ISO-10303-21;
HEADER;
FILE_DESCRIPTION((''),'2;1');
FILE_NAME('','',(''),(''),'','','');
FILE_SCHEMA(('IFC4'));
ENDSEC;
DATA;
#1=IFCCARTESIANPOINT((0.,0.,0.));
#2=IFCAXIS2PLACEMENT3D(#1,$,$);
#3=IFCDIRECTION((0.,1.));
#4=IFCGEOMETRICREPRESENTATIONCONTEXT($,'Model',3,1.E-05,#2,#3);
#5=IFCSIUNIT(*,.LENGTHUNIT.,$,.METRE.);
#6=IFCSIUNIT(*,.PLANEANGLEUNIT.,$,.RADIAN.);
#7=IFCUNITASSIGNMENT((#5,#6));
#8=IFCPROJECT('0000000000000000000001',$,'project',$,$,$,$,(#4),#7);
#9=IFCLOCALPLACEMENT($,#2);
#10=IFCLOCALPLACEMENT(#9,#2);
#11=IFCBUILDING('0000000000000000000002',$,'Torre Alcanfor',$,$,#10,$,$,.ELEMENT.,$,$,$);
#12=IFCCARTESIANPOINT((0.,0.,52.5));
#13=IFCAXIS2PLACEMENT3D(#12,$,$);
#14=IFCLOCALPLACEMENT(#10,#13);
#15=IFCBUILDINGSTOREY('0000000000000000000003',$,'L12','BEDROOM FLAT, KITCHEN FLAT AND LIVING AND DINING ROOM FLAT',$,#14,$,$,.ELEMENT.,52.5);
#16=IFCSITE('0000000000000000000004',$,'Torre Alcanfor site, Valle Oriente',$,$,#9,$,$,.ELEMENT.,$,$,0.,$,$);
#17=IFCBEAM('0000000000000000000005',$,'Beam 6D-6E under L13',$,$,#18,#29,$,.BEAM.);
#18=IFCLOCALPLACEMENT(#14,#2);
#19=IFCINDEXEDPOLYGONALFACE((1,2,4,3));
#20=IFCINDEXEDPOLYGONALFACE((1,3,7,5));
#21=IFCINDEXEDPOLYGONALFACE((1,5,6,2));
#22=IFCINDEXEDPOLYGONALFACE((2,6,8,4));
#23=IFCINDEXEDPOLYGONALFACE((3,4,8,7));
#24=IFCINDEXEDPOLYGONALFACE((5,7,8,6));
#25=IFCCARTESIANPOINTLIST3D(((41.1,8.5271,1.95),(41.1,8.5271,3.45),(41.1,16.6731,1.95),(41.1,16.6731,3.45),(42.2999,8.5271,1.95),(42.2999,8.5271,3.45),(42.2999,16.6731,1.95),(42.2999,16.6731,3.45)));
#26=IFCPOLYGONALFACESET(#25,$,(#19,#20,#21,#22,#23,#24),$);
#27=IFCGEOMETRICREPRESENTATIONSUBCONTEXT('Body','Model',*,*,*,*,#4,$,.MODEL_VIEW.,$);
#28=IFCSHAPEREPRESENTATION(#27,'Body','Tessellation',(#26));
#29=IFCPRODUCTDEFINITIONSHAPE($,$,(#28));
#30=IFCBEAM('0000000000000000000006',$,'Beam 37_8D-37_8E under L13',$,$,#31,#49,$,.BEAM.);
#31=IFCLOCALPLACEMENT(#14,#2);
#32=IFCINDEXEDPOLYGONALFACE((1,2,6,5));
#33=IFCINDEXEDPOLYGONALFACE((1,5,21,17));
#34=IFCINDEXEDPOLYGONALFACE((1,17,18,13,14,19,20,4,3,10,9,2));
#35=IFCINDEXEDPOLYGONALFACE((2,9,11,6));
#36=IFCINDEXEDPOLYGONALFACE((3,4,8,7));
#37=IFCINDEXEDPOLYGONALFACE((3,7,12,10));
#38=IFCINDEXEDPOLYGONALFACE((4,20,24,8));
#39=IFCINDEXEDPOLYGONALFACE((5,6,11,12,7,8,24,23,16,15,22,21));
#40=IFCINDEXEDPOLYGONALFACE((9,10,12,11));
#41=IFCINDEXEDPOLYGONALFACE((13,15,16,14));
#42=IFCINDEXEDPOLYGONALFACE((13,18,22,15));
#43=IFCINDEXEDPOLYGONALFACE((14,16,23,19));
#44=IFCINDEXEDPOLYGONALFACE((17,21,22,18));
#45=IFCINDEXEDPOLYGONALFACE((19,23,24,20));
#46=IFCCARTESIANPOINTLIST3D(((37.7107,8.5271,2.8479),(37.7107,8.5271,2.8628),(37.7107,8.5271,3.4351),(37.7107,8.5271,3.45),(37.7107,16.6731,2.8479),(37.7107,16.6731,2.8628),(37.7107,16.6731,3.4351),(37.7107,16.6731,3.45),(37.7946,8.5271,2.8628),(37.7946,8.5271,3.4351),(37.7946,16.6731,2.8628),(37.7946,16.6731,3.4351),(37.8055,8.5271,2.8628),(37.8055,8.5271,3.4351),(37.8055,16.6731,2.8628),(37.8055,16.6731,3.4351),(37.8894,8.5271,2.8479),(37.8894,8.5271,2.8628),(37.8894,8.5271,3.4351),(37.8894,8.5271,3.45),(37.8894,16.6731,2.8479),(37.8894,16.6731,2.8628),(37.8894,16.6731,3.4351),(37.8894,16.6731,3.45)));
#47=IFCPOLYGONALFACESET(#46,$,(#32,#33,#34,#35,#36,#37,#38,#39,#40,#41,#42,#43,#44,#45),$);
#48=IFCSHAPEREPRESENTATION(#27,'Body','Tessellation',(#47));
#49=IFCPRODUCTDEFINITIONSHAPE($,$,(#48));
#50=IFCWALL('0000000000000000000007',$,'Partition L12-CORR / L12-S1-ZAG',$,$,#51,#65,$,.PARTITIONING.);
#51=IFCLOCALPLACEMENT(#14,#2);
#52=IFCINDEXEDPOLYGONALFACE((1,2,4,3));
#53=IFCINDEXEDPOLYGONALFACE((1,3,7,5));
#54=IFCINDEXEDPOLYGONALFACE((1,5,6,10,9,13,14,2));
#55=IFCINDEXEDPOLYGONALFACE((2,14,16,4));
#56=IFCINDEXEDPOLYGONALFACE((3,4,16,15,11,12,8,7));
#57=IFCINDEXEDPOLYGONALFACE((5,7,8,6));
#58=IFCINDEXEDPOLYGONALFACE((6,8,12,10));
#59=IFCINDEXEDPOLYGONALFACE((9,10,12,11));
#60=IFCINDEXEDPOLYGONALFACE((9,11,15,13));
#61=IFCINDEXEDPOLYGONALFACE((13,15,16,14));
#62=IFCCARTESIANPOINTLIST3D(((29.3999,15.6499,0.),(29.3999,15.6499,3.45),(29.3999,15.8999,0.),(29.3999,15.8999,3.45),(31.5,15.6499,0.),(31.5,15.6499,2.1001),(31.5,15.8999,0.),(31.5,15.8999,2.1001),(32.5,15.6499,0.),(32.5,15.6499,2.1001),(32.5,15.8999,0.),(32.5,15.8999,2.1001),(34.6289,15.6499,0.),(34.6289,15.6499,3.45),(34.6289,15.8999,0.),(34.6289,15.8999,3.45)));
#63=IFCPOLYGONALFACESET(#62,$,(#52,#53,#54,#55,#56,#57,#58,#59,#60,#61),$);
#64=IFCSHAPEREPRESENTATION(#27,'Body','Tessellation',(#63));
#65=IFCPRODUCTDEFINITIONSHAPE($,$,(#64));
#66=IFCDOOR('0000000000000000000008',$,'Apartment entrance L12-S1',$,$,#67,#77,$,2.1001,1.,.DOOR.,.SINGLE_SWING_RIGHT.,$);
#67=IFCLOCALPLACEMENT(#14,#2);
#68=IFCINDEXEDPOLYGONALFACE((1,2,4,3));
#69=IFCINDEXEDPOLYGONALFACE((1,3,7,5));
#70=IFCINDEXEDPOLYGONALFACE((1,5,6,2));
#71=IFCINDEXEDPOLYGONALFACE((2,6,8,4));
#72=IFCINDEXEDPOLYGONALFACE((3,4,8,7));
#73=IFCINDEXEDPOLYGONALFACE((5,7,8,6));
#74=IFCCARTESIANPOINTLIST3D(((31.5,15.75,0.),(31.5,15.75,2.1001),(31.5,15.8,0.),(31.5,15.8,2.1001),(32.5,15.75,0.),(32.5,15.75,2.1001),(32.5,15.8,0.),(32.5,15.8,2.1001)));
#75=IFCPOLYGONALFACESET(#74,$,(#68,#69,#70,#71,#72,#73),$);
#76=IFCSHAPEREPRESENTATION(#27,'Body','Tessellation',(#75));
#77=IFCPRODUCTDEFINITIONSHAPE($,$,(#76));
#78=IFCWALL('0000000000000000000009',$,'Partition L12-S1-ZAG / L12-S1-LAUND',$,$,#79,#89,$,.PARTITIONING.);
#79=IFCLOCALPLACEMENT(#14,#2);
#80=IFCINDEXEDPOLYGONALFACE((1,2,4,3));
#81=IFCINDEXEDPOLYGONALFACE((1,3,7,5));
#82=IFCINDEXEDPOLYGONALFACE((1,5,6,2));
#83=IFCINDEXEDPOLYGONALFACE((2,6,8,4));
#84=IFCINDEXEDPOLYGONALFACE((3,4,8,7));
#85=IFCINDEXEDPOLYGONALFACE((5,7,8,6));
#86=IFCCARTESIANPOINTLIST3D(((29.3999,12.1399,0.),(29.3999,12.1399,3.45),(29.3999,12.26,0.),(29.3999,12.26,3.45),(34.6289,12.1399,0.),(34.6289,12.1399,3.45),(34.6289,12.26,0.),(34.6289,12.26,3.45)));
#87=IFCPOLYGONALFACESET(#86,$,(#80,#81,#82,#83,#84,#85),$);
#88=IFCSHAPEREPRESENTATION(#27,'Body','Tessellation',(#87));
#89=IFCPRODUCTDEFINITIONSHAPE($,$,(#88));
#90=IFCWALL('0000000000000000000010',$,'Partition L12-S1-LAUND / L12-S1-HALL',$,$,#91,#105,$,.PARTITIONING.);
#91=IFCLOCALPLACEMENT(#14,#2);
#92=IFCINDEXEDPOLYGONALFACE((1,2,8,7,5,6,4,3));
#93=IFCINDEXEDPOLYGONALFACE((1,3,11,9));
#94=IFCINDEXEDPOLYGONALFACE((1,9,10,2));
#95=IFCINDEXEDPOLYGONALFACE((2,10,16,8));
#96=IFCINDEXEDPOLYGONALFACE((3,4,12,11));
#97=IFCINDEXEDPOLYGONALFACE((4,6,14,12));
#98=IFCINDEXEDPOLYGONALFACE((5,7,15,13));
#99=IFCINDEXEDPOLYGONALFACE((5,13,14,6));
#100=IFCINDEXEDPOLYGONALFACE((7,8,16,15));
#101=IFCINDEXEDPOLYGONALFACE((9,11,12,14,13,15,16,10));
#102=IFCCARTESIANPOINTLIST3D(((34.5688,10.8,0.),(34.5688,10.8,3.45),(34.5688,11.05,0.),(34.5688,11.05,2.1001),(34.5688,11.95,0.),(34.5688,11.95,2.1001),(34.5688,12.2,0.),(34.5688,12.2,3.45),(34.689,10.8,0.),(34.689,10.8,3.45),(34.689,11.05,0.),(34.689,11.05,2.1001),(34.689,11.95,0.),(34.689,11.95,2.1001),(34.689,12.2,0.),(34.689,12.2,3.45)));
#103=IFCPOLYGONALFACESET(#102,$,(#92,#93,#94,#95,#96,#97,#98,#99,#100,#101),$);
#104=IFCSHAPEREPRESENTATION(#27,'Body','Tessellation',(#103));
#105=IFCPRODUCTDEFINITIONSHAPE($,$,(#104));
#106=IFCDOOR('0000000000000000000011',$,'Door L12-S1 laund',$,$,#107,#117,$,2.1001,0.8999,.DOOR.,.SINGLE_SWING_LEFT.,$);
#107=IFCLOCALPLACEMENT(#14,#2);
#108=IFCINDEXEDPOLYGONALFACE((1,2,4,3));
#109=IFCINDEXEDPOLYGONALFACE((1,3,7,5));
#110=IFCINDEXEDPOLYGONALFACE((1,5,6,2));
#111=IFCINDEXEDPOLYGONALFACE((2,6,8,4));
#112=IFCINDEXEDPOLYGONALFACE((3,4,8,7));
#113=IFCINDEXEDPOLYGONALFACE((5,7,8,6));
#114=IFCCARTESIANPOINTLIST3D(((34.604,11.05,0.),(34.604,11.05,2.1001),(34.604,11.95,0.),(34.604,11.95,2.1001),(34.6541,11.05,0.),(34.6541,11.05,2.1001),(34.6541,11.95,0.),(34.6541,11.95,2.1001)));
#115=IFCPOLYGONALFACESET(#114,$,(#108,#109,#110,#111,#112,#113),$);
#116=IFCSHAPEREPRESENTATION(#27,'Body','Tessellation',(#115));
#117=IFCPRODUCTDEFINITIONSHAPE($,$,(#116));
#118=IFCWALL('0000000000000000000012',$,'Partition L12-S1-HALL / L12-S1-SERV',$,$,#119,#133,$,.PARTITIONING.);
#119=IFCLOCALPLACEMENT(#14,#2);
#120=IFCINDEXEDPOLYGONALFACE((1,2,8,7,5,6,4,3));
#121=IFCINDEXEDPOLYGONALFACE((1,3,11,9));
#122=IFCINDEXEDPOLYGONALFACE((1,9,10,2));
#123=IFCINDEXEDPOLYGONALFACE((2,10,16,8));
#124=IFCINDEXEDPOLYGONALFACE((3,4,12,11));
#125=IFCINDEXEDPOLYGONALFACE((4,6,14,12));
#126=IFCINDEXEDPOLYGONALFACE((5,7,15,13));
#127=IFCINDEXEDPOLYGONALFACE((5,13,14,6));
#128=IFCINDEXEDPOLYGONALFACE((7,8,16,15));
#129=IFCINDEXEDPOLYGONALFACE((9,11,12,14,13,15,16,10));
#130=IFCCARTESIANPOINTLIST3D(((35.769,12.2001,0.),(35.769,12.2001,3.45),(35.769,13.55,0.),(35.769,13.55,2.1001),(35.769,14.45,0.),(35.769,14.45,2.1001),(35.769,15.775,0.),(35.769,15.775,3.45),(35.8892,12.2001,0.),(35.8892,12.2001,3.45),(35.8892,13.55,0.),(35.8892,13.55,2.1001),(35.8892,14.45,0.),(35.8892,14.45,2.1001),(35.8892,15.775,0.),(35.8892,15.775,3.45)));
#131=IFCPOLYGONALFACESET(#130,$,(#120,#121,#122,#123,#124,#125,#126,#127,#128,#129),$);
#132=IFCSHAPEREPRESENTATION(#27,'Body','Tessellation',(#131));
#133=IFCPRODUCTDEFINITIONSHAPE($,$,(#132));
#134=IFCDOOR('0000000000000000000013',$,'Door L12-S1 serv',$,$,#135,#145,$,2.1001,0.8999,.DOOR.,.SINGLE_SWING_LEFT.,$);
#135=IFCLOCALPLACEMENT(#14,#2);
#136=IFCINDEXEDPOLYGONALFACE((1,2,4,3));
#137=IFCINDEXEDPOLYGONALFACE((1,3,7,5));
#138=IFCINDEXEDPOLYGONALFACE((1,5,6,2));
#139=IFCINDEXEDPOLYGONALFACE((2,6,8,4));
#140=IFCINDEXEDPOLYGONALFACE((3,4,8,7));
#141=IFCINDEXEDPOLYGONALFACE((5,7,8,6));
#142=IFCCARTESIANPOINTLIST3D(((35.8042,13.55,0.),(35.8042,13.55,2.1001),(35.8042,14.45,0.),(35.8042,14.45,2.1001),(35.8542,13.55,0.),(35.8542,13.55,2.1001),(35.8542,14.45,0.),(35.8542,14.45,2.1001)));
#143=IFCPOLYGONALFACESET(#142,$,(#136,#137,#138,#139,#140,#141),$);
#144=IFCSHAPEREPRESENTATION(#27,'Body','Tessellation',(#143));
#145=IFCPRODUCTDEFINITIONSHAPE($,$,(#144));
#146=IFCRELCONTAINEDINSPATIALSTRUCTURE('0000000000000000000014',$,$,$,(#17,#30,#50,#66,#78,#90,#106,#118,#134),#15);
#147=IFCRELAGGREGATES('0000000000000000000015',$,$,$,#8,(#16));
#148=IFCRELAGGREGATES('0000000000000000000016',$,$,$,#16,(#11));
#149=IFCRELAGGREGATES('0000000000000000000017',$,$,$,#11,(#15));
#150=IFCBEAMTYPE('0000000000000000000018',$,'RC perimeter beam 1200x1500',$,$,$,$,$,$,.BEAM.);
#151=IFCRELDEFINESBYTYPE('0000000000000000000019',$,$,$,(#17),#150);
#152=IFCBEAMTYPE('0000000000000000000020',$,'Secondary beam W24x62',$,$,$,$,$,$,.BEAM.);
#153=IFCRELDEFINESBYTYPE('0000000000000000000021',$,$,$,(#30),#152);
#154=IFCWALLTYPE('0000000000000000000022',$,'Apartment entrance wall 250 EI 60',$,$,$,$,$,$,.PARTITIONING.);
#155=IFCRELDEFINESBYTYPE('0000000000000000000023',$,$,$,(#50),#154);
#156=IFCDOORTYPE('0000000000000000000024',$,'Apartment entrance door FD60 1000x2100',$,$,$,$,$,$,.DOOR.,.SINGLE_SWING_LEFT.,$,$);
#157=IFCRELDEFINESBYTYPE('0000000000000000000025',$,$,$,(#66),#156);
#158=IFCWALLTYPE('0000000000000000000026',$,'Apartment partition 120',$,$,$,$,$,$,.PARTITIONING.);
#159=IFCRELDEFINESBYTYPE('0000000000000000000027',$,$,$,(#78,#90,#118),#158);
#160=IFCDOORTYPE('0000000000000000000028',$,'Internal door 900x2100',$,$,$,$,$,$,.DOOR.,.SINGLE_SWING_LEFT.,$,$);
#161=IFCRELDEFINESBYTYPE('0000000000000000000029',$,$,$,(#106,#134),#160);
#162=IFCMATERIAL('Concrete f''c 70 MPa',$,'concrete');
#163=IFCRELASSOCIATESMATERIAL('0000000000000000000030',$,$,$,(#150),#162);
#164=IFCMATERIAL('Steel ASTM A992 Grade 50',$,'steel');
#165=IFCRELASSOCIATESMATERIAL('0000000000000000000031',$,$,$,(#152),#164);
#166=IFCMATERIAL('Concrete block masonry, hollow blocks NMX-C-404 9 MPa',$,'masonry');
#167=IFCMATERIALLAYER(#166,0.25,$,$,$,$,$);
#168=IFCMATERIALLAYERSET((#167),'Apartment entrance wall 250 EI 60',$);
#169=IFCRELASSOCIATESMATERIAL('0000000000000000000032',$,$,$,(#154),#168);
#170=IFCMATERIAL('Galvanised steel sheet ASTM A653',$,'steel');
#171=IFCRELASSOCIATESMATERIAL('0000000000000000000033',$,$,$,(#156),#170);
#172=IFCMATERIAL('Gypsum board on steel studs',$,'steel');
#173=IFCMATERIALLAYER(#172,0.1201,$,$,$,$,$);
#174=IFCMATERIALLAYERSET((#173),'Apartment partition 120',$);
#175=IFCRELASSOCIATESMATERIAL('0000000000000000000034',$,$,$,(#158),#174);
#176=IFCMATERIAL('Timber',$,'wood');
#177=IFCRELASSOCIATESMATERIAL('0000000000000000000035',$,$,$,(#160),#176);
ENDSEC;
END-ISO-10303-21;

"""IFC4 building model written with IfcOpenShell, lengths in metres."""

from ifc_helpers import new_model, si_unit, direction, frame, frame_2d, origin, origin_2d, place, context, subcontext, project, spatial, rectangle, i_section, extrude, material, layer, layer_set, material_profile, profile_set, type_object, element, fill, save


model = new_model("IFC4")

# Units and contexts
model_context = context("Model", 3, precision=1e-05, world=origin(), true_north=direction((0.0, 1.0)))
body_context = subcontext(model_context, "Body", "Model", "MODEL_VIEW")
ifc_project = project(units=[si_unit("LENGTHUNIT", "METRE"), si_unit("PLANEANGLEUNIT", "RADIAN")], contexts=[model_context])

# Site, building, storey
site_placement = place(None, origin())
site = spatial("IfcSite", under=ifc_project, at=site_placement, Name="Torre Alcanfor site, Valle Oriente", CompositionType="ELEMENT", RefElevation=0.0)
building_placement = place(site_placement, origin())
building = spatial("IfcBuilding", under=site, at=building_placement, Name="Torre Alcanfor", CompositionType="ELEMENT")
storey_placement = place(building_placement, frame((0.0, 0.0, 52.5)))
storey = spatial("IfcBuildingStorey", under=building, at=storey_placement, Name="L12", Description="BEDROOM FLAT, KITCHEN FLAT AND LIVING AND DINING ROOM FLAT", CompositionType="ELEMENT", Elevation=52.5)

# Beams
ifc_material_1 = material(Name="Concrete f'c 70 MPa", Category="concrete")
ifc_material_profile_1 = material_profile(ifc_material_1, rectangle(XDim=1.2, YDim=1.5, at=origin_2d()), Name="1200x1500")
ifc_profile_set_1 = profile_set([ifc_material_profile_1], Name="Concrete f'c 70 MPa")
beam_type_1 = type_object("IfcBeamType", Name="RC perimeter beam 1200x1500", PredefinedType="BEAM", material=ifc_profile_set_1)
beam_1_placement = place(storey_placement, frame((41.7, 8.5271, 2.7), z_axis=(0.0, 1.0, 0.0), x_axis=(-1.0, 0.0, 0.0)))
element("IfcBeam", 1, at=beam_1_placement, inside=storey, type_object=beam_type_1, Name="Beam 6D-6E under L13", PredefinedType="BEAM", context=body_context, shape_type="SweptSolid", body=[
    extrude(rectangle(XDim=1.2, YDim=1.5, at=origin_2d()), origin(), (0.0, 0.0, 1.0), 8.146),
])
ifc_material_2 = material(Name="Steel ASTM A992 Grade 50", Category="steel")
ifc_material_profile_2 = material_profile(ifc_material_2, i_section(OverallWidth=0.1787, OverallDepth=0.6021, WebThickness=0.011, FlangeThickness=0.0149, at=origin_2d()), Name="W24x62")
ifc_profile_set_2 = profile_set([ifc_material_profile_2], Name="Steel ASTM A992 Grade 50")
beam_type_2 = type_object("IfcBeamType", Name="Secondary beam W24x62", PredefinedType="BEAM", material=ifc_profile_set_2)
beam_2_placement = place(storey_placement, frame((37.8, 8.5271, 3.1489), z_axis=(0.0, 1.0, 0.0), x_axis=(-1.0, 0.0, 0.0)))
element("IfcBeam", 2, at=beam_2_placement, inside=storey, type_object=beam_type_2, Name="Beam 37_8D-37_8E under L13", PredefinedType="BEAM", context=body_context, shape_type="SweptSolid", body=[
    extrude(i_section(OverallWidth=0.1787, OverallDepth=0.6021, WebThickness=0.011, FlangeThickness=0.0149, at=origin_2d()), origin(), (0.0, 0.0, 1.0), 8.146),
])

# Wall, opening, door
ifc_material_3 = material(Name="Concrete block masonry, hollow blocks NMX-C-404 9 MPa", Category="masonry")
ifc_layer_1 = layer(ifc_material_3, 0.25)
ifc_layer_set_1 = layer_set([ifc_layer_1], Name="Apartment entrance wall 250 EI 60")
wall_type_1 = type_object("IfcWallType", Name="Apartment entrance wall 250 EI 60", PredefinedType="PARTITIONING", material=ifc_layer_set_1)
wall_1_placement = place(storey_placement, frame((34.6289, 15.7749, 0.0), z_axis=(0.0, 0.0, 1.0), x_axis=(-1.0, 0.0, 0.0)))
wall_1 = element("IfcWall", 3, at=wall_1_placement, inside=storey, type_object=wall_type_1, Name="Partition L12-CORR / L12-S1-ZAG", PredefinedType="PARTITIONING", context=body_context, shape_type="SweptSolid", body=[
    extrude(rectangle(XDim=5.229, YDim=0.25, at=frame_2d((2.6145, 0.0))), origin(), (0.0, 0.0, 1.0), 3.45),
])
opening_1_placement = place(wall_1_placement, frame((2.1289, 0.0, 0.0)))
opening_1 = element("IfcOpeningElement", 4, at=opening_1_placement, cuts=wall_1, PredefinedType="OPENING", context=body_context, shape_type="SweptSolid", body=[
    extrude(rectangle(XDim=1.0, YDim=2.1001, at=frame_2d((0.5, 1.05))), frame((0.0, 0.135, 0.0), z_axis=(0.0, -1.0, 0.0), x_axis=(1.0, 0.0, 0.0)), (0.0, 0.0, 1.0), 0.27),
])
ifc_material_4 = material(Name="Galvanised steel sheet ASTM A653", Category="steel")
door_type_1 = type_object("IfcDoorType", Name="Apartment entrance door FD60 1000x2100", OperationType="SINGLE_SWING_LEFT", PredefinedType="DOOR", material=ifc_material_4)
door_1_placement = place(opening_1_placement, origin())
door_1 = element("IfcDoor", 5, at=door_1_placement, inside=storey, type_object=door_type_1, Name="Apartment entrance L12-S1", OperationType="SINGLE_SWING_RIGHT", OverallHeight=2.1001, OverallWidth=1.0, PredefinedType="DOOR", context=body_context, shape_type="SweptSolid", body=[
    extrude(rectangle(XDim=1.0, YDim=2.1001, at=frame_2d((0.5, 1.05))), frame((0.0, 0.0249, 0.0), z_axis=(0.0, -1.0, 0.0), x_axis=(1.0, 0.0, 0.0)), (0.0, 0.0, 1.0), 0.05),
])
fill(opening_1, door_1)

# Wall
ifc_material_5 = material(Name="Gypsum board on steel studs", Category="steel")
ifc_layer_2 = layer(ifc_material_5, 0.1201)
ifc_layer_set_2 = layer_set([ifc_layer_2], Name="Apartment partition 120")
wall_type_2 = type_object("IfcWallType", Name="Apartment partition 120", PredefinedType="PARTITIONING", material=ifc_layer_set_2)
wall_2_placement = place(storey_placement, frame((29.3999, 12.2, 0.0), z_axis=(0.0, 0.0, 1.0), x_axis=(1.0, 0.0, 0.0)))
element("IfcWall", 6, at=wall_2_placement, inside=storey, type_object=wall_type_2, Name="Partition L12-S1-ZAG / L12-S1-LAUND", PredefinedType="PARTITIONING", context=body_context, shape_type="SweptSolid", body=[
    extrude(rectangle(XDim=5.229, YDim=0.1201, at=frame_2d((2.6145, 0.0))), origin(), (0.0, 0.0, 1.0), 3.45),
])

# Walls, openings, doors
wall_3_placement = place(storey_placement, frame((34.6289, 10.8, 0.0), z_axis=(0.0, 0.0, 1.0), x_axis=(0.0, 1.0, 0.0)))
wall_3 = element("IfcWall", 7, at=wall_3_placement, inside=storey, type_object=wall_type_2, Name="Partition L12-S1-LAUND / L12-S1-HALL", PredefinedType="PARTITIONING", context=body_context, shape_type="SweptSolid", body=[
    extrude(rectangle(XDim=1.3999, YDim=0.1201, at=frame_2d((0.7, 0.0))), origin(), (0.0, 0.0, 1.0), 3.45),
])
opening_2_placement = place(wall_3_placement, frame((0.25, 0.0, 0.0)))
opening_2 = element("IfcOpeningElement", 8, at=opening_2_placement, cuts=wall_3, PredefinedType="OPENING", context=body_context, shape_type="SweptSolid", body=[
    extrude(rectangle(XDim=0.8999, YDim=2.1001, at=frame_2d((0.45, 1.05))), frame((0.0, 0.0701, 0.0), z_axis=(0.0, -1.0, 0.0), x_axis=(1.0, 0.0, 0.0)), (0.0, 0.0, 1.0), 0.1401),
])
ifc_material_6 = material(Name="Timber", Category="wood")
door_type_2 = type_object("IfcDoorType", Name="Internal door 900x2100", OperationType="SINGLE_SWING_LEFT", PredefinedType="DOOR", material=ifc_material_6)
door_2_placement = place(opening_2_placement, origin())
door_2 = element("IfcDoor", 9, at=door_2_placement, inside=storey, type_object=door_type_2, Name="Door L12-S1 laund", OperationType="SINGLE_SWING_LEFT", OverallHeight=2.1001, OverallWidth=0.8999, PredefinedType="DOOR", context=body_context, shape_type="SweptSolid", body=[
    extrude(rectangle(XDim=0.8999, YDim=2.1001, at=frame_2d((0.45, 1.05))), frame((0.0, 0.0249, 0.0), z_axis=(0.0, -1.0, 0.0), x_axis=(1.0, 0.0, 0.0)), (0.0, 0.0, 1.0), 0.05),
])
fill(opening_2, door_2)
wall_4_placement = place(storey_placement, frame((35.8291, 12.2, 0.0), z_axis=(0.0, 0.0, 1.0), x_axis=(0.0, 1.0, 0.0)))
wall_4 = element("IfcWall", 10, at=wall_4_placement, inside=storey, type_object=wall_type_2, Name="Partition L12-S1-HALL / L12-S1-SERV", PredefinedType="PARTITIONING", context=body_context, shape_type="SweptSolid", body=[
    extrude(rectangle(XDim=3.575, YDim=0.1201, at=frame_2d((1.7876, 0.0))), origin(), (0.0, 0.0, 1.0), 3.45),
])
opening_3_placement = place(wall_4_placement, frame((1.3501, 0.0, 0.0)))
opening_3 = element("IfcOpeningElement", 11, at=opening_3_placement, cuts=wall_4, PredefinedType="OPENING", context=body_context, shape_type="SweptSolid", body=[
    extrude(rectangle(XDim=0.8999, YDim=2.1001, at=frame_2d((0.45, 1.05))), frame((0.0, 0.0701, 0.0), z_axis=(0.0, -1.0, 0.0), x_axis=(1.0, 0.0, 0.0)), (0.0, 0.0, 1.0), 0.1401),
])
door_3_placement = place(opening_3_placement, frame((0.8999, 0.0, 0.0), z_axis=(0.0, 0.0, 1.0), x_axis=(-1.0, 0.0, 0.0)))
door_3 = element("IfcDoor", 12, at=door_3_placement, inside=storey, type_object=door_type_2, Name="Door L12-S1 serv", OperationType="SINGLE_SWING_LEFT", OverallHeight=2.1001, OverallWidth=0.8999, PredefinedType="DOOR", context=body_context, shape_type="SweptSolid", body=[
    extrude(rectangle(XDim=0.8999, YDim=2.1001, at=frame_2d((0.45, 1.05))), frame((0.0, 0.0251, 0.0), z_axis=(0.0, -1.0, 0.0), x_axis=(1.0, 0.0, 0.0)), (0.0, 0.0, 1.0), 0.05),
])
fill(opening_3, door_3)

save(model, "model.ifc")
